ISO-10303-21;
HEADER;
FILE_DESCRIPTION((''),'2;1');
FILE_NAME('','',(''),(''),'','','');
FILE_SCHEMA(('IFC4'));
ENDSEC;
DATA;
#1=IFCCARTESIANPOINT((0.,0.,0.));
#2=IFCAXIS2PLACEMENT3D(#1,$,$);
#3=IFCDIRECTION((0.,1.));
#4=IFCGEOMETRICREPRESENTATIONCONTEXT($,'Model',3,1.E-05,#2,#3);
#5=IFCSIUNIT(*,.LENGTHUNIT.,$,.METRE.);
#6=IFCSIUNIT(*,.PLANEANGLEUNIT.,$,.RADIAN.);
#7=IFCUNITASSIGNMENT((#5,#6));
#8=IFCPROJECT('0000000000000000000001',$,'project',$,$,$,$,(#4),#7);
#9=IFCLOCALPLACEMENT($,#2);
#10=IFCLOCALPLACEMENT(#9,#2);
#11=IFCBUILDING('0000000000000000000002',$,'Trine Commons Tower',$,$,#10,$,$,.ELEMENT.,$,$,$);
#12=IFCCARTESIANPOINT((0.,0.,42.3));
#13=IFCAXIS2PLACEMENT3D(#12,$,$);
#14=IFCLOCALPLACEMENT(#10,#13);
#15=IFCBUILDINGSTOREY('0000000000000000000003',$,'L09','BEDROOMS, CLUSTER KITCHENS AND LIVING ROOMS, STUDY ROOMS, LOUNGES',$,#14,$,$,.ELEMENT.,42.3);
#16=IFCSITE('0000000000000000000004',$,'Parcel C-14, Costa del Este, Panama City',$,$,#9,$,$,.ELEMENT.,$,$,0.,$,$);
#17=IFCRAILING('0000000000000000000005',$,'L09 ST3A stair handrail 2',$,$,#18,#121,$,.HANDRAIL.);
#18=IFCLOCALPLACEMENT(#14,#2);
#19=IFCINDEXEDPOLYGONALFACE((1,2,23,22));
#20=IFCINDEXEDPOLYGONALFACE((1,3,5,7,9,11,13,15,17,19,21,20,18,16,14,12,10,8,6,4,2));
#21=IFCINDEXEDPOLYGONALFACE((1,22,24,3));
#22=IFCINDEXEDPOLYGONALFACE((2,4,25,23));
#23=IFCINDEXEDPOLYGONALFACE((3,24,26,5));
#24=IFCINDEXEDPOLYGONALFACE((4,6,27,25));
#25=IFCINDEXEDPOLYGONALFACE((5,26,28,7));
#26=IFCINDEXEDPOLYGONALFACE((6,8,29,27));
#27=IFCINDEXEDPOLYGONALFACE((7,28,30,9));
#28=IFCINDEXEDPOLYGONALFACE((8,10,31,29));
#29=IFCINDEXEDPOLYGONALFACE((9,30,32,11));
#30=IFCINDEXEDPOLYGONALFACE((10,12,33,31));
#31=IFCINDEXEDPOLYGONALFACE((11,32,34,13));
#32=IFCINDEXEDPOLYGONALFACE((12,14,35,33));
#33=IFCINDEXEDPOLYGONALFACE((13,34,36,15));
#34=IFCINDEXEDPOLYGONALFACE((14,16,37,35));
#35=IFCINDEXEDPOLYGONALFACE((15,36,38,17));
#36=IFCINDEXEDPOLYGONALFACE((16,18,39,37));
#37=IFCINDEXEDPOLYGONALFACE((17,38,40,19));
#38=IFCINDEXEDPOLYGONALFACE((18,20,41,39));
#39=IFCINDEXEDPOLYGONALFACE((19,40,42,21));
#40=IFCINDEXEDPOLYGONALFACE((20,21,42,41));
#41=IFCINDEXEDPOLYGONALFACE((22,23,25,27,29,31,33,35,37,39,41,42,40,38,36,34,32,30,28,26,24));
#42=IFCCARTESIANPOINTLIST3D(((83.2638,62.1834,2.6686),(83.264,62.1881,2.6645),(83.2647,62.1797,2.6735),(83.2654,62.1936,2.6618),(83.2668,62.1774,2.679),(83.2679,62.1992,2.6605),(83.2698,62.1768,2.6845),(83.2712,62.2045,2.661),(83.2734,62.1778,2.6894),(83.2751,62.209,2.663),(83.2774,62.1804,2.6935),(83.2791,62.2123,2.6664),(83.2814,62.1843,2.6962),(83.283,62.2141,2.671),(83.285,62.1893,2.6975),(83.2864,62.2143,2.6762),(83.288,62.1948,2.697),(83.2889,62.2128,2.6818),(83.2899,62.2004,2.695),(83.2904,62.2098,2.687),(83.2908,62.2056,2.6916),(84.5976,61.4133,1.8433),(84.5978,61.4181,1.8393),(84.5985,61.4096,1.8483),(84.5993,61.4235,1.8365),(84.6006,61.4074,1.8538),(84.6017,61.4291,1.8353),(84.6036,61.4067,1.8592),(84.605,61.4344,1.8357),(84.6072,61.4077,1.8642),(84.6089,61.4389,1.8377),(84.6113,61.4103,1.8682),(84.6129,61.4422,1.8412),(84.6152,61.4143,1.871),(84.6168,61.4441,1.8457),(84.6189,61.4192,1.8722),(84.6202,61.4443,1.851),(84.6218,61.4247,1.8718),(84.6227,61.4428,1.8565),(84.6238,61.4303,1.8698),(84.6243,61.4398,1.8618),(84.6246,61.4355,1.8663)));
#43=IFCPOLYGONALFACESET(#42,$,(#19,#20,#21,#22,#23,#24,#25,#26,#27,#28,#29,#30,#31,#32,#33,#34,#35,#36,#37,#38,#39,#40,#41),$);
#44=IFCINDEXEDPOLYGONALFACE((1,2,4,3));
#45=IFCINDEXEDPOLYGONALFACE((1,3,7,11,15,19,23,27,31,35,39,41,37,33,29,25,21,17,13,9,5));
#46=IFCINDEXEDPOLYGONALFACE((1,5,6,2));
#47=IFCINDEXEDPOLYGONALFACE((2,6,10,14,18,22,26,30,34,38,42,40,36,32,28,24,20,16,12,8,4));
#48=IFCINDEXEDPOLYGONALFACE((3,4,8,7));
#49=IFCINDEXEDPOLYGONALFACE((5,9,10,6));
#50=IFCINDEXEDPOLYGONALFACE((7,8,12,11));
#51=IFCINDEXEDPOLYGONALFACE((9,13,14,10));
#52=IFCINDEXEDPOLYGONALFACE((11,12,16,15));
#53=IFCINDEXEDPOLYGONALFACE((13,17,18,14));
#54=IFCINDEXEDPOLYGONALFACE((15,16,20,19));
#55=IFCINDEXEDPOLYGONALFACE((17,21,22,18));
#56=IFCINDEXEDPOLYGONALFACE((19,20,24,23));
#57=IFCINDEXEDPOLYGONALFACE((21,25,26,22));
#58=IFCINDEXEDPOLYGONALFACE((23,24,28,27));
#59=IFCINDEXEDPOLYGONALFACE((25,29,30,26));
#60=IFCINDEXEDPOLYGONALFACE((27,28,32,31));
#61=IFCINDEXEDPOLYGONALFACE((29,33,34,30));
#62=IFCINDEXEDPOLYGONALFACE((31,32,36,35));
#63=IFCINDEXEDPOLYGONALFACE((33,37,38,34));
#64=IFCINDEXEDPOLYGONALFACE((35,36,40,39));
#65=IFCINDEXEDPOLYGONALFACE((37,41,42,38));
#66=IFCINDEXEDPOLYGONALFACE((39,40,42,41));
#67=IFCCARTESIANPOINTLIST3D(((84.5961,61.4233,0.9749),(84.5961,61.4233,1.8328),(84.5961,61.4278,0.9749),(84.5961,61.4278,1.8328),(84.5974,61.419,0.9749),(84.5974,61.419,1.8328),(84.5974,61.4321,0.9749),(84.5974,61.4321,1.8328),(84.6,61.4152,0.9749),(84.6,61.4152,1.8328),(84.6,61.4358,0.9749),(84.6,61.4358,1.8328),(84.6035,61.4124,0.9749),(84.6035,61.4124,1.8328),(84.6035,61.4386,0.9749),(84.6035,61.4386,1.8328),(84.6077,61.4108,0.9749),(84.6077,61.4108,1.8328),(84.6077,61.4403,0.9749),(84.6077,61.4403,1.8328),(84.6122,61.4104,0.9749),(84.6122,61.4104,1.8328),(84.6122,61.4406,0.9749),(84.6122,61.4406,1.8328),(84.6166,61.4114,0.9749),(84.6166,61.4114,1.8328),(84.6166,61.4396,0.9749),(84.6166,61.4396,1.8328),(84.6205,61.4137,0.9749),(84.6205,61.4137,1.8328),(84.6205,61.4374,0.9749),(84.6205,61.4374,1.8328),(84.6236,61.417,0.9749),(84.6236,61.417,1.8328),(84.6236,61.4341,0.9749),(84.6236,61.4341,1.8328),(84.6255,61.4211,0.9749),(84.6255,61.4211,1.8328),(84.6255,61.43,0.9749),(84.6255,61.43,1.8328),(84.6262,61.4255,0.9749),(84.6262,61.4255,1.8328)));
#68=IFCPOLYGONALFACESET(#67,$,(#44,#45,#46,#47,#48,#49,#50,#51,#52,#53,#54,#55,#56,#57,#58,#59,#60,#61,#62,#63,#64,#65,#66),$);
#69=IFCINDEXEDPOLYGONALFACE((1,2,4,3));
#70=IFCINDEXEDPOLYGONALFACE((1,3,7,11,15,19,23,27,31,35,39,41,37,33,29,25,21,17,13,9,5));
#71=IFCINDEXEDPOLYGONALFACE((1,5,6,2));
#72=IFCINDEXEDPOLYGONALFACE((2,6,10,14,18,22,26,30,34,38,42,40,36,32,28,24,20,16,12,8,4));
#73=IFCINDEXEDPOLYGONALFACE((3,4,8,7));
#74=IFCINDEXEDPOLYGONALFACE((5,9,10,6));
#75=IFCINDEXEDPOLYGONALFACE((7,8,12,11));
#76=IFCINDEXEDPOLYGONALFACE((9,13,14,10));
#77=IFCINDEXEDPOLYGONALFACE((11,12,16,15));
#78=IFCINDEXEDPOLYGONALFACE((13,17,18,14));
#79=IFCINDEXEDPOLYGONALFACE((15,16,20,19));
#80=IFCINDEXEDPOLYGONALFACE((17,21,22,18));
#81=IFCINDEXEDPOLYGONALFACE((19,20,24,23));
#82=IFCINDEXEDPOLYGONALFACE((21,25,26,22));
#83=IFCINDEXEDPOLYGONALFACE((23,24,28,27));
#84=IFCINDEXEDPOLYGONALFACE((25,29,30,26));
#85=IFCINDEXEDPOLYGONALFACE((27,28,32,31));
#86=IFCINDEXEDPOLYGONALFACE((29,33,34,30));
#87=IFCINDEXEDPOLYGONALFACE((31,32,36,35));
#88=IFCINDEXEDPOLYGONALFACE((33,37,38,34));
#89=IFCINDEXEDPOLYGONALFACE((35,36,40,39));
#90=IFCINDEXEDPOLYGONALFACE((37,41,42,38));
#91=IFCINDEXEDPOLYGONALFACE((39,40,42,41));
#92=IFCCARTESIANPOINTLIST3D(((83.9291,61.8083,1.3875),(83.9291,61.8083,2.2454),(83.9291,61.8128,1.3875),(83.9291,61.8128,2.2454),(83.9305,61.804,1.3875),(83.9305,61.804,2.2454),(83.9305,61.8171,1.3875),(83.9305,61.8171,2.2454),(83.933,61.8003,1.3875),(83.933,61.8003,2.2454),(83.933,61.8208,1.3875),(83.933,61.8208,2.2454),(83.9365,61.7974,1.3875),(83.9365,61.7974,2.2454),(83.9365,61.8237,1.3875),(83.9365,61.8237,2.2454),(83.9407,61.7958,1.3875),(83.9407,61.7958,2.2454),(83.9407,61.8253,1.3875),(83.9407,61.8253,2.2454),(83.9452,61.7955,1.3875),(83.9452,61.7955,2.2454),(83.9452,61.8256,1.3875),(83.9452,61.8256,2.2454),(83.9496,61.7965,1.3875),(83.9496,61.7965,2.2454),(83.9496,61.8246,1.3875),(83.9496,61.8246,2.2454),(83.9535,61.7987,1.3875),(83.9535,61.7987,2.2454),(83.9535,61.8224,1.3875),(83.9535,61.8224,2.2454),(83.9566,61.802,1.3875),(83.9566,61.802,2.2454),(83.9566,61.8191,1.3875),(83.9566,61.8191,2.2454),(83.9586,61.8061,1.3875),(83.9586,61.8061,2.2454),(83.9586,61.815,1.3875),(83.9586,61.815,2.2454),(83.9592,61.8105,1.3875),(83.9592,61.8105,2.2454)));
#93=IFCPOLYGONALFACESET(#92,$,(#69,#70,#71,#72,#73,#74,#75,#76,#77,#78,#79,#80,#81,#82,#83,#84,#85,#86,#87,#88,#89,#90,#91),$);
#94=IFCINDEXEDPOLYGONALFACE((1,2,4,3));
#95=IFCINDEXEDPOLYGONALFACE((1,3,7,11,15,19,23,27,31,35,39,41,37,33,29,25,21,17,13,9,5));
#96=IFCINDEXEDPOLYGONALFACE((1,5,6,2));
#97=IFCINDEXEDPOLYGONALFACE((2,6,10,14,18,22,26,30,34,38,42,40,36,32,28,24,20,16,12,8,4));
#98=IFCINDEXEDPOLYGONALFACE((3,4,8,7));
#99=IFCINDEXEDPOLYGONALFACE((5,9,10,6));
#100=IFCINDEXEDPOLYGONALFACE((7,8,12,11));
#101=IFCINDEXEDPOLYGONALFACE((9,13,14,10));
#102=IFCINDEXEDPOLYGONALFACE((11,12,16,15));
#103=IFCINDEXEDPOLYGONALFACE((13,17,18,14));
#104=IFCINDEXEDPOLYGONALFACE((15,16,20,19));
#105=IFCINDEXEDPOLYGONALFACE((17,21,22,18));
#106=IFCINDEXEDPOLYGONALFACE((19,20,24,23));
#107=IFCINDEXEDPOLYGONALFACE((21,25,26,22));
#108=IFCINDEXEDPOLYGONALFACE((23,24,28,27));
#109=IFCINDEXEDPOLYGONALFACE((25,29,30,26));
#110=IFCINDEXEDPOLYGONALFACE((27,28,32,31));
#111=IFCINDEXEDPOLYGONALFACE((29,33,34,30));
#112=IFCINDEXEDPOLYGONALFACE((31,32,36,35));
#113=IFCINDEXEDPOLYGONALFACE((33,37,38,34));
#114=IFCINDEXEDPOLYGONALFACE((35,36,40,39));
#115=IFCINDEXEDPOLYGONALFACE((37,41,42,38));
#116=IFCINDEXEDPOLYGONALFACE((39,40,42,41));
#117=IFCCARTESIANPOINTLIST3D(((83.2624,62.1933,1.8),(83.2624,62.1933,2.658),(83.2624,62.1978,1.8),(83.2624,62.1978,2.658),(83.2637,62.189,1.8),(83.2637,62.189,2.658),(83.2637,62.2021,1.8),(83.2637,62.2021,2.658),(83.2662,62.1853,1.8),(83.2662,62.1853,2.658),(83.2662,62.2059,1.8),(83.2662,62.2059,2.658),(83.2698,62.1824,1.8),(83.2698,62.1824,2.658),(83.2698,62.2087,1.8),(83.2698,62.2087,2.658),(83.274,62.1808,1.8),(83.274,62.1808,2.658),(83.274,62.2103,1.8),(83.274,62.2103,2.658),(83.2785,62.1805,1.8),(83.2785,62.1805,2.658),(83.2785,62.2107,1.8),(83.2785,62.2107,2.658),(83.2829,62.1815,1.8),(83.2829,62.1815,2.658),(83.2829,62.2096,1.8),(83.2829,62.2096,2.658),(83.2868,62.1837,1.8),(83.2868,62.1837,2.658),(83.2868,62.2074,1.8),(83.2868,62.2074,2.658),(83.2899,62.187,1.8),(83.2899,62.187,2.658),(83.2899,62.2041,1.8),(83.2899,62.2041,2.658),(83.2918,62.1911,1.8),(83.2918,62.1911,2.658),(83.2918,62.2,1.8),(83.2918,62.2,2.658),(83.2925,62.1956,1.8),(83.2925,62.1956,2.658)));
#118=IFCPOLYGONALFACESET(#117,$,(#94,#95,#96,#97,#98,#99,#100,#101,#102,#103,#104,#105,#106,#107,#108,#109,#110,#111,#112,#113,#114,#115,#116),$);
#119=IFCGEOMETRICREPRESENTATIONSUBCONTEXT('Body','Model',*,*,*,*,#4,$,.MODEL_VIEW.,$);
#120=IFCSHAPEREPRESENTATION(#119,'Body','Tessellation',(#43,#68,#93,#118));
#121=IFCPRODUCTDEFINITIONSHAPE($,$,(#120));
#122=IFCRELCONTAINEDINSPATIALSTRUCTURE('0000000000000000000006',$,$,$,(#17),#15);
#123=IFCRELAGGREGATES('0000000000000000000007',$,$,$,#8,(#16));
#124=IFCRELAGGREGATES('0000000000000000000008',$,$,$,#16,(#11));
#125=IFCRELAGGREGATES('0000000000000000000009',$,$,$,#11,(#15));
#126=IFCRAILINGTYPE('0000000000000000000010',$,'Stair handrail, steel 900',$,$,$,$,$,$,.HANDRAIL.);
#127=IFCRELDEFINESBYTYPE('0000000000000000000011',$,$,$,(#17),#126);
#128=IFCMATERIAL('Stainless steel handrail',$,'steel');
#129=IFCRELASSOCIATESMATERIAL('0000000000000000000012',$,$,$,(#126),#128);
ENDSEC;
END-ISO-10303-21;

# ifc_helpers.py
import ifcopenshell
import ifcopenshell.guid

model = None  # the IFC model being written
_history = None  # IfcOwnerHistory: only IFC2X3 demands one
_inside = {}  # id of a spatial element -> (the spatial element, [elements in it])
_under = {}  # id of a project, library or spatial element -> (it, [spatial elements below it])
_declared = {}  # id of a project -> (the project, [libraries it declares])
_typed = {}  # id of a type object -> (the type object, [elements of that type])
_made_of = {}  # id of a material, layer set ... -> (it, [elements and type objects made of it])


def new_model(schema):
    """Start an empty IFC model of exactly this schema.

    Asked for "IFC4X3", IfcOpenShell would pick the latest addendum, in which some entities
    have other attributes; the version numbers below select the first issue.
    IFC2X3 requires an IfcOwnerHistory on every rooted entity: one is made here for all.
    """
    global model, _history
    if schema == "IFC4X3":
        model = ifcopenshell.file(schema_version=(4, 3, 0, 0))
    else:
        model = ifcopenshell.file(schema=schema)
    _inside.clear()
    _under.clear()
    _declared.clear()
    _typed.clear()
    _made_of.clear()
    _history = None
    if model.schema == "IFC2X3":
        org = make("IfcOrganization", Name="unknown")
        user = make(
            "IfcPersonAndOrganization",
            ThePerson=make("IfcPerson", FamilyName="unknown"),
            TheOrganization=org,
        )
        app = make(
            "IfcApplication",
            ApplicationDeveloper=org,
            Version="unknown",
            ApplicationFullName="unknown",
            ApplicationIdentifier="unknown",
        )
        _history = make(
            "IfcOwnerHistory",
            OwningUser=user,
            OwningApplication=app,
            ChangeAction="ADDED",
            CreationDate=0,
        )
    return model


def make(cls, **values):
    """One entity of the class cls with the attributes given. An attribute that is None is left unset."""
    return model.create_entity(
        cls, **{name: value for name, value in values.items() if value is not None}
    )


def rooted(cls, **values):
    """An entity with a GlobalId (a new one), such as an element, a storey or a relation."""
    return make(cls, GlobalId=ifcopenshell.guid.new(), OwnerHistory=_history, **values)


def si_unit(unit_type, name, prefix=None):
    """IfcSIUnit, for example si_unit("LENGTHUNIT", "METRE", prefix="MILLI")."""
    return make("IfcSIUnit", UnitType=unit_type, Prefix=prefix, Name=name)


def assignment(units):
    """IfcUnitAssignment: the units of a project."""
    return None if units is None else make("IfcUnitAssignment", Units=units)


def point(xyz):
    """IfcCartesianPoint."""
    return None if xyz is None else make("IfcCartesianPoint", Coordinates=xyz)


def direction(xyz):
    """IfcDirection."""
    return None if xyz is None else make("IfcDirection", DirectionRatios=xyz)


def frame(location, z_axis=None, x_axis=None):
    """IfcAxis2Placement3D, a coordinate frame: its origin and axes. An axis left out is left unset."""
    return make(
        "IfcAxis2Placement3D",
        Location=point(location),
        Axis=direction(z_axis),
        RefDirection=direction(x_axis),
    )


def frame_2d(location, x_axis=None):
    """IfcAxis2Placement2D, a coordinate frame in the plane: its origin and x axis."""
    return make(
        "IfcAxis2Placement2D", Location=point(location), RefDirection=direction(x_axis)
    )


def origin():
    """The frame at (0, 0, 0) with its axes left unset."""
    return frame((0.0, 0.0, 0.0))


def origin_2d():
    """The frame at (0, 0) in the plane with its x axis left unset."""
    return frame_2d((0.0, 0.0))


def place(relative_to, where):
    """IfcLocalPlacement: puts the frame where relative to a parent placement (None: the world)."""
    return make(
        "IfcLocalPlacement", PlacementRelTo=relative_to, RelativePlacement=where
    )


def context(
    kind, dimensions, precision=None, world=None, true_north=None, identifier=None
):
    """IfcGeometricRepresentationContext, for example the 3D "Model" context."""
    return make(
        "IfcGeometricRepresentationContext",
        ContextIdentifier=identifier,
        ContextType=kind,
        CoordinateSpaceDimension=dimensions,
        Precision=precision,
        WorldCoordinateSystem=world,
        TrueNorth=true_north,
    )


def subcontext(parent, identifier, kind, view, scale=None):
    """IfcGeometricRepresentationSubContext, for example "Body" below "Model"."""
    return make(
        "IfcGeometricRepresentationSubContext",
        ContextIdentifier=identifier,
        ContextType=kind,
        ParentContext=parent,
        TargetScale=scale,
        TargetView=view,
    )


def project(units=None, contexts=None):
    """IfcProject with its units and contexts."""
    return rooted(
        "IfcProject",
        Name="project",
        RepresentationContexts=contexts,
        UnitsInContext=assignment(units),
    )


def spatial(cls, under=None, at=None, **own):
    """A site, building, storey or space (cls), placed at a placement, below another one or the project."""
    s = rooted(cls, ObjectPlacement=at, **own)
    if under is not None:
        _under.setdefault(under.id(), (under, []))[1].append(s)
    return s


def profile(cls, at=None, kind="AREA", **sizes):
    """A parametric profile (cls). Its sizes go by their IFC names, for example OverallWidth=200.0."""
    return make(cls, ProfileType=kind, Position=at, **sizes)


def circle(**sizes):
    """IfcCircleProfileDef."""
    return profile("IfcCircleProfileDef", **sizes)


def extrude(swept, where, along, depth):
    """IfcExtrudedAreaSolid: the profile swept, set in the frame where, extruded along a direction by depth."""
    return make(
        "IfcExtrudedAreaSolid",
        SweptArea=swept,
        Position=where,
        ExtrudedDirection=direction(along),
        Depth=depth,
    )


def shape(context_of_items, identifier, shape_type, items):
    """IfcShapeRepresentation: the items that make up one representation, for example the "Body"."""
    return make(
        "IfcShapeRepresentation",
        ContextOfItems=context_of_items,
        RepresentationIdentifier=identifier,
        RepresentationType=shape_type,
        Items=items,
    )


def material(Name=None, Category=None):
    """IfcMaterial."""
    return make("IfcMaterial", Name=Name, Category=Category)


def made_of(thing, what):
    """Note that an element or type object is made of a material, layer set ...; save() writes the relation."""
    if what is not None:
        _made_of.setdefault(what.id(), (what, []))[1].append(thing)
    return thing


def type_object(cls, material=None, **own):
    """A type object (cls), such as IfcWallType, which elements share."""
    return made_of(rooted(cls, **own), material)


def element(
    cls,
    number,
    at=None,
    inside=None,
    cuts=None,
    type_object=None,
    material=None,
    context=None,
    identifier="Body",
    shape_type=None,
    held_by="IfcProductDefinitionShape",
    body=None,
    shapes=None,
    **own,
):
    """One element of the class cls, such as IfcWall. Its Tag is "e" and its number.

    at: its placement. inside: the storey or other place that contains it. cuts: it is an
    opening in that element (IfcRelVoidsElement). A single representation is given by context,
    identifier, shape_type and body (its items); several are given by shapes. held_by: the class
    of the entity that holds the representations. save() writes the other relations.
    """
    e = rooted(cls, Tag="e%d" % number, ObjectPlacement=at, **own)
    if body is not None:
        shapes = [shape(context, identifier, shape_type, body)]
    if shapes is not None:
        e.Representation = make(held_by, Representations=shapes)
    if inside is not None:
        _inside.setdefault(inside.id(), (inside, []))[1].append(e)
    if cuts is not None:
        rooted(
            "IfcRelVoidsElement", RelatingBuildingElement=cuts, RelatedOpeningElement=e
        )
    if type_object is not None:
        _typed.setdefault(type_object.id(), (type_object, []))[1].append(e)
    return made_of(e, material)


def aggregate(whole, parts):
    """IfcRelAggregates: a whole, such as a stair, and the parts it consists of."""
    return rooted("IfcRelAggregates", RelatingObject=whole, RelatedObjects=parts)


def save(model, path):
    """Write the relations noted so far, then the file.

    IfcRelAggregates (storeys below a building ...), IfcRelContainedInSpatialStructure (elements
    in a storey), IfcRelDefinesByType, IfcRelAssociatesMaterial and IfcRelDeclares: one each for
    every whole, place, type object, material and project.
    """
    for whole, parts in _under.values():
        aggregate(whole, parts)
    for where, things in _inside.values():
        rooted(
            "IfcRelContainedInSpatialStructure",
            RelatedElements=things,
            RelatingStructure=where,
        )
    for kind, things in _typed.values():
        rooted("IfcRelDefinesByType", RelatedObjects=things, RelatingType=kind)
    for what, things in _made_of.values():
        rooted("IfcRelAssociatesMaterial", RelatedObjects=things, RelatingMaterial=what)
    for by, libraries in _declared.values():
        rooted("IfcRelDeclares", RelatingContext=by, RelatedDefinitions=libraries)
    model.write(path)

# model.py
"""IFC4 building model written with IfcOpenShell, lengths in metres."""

from ifc_helpers import new_model, si_unit, direction, frame, origin, origin_2d, place, context, subcontext, project, spatial, circle, extrude, material, type_object, element, save


model = new_model("IFC4")

# Units and contexts
model_context = context("Model", 3, precision=1e-05, world=origin(), true_north=direction((0.0, 1.0)))
body_context = subcontext(model_context, "Body", "Model", "MODEL_VIEW")
ifc_project = project(units=[si_unit("LENGTHUNIT", "METRE"), si_unit("PLANEANGLEUNIT", "RADIAN")], contexts=[model_context])

# Site, building, storey
site_placement = place(None, origin())
site = spatial("IfcSite", under=ifc_project, at=site_placement, Name="Parcel C-14, Costa del Este, Panama City", CompositionType="ELEMENT", RefElevation=0.0)
building_placement = place(site_placement, origin())
building = spatial("IfcBuilding", under=site, at=building_placement, Name="Trine Commons Tower", CompositionType="ELEMENT")
storey_placement = place(building_placement, frame((0.0, 0.0, 42.3)))
storey = spatial("IfcBuildingStorey", under=building, at=storey_placement, Name="L09", Description="BEDROOMS, CLUSTER KITCHENS AND LIVING ROOMS, STUDY ROOMS, LOUNGES", CompositionType="ELEMENT", Elevation=42.3)

# Railing
ifc_material_1 = material(Name="Stainless steel handrail", Category="steel")
railing_type_1 = type_object("IfcRailingType", Name="Stair handrail, steel 900", PredefinedType="HANDRAIL", material=ifc_material_1)
railing_1_placement = place(storey_placement, frame((84.6111, 61.4255, 0.9749)))
element("IfcRailing", 1, at=railing_1_placement, inside=storey, type_object=railing_type_1, Name="L09 ST3A stair handrail 2", PredefinedType="HANDRAIL", context=body_context, shape_type="SweptSolid", body=[
    extrude(circle(Radius=0.021, at=origin_2d()), frame((0.0, 0.0, 0.8789), z_axis=(-0.763355, 0.440714, 0.472293), x_axis=(-0.499992, -0.86603, 0.0)), (0.0, 0.0, 1.0), 1.7473),
    extrude(circle(Radius=0.0151, at=origin_2d()), origin(), (0.0, 0.0, 1.0), 0.8579),
    extrude(circle(Radius=0.0151, at=origin_2d()), frame((-0.667, 0.385, 0.4126)), (0.0, 0.0, 1.0), 0.8579),
    extrude(circle(Radius=0.0151, at=origin_2d()), frame((-1.3337, 0.77, 0.8252)), (0.0, 0.0, 1.0), 0.8579),
])

save(model, "model.ifc")
